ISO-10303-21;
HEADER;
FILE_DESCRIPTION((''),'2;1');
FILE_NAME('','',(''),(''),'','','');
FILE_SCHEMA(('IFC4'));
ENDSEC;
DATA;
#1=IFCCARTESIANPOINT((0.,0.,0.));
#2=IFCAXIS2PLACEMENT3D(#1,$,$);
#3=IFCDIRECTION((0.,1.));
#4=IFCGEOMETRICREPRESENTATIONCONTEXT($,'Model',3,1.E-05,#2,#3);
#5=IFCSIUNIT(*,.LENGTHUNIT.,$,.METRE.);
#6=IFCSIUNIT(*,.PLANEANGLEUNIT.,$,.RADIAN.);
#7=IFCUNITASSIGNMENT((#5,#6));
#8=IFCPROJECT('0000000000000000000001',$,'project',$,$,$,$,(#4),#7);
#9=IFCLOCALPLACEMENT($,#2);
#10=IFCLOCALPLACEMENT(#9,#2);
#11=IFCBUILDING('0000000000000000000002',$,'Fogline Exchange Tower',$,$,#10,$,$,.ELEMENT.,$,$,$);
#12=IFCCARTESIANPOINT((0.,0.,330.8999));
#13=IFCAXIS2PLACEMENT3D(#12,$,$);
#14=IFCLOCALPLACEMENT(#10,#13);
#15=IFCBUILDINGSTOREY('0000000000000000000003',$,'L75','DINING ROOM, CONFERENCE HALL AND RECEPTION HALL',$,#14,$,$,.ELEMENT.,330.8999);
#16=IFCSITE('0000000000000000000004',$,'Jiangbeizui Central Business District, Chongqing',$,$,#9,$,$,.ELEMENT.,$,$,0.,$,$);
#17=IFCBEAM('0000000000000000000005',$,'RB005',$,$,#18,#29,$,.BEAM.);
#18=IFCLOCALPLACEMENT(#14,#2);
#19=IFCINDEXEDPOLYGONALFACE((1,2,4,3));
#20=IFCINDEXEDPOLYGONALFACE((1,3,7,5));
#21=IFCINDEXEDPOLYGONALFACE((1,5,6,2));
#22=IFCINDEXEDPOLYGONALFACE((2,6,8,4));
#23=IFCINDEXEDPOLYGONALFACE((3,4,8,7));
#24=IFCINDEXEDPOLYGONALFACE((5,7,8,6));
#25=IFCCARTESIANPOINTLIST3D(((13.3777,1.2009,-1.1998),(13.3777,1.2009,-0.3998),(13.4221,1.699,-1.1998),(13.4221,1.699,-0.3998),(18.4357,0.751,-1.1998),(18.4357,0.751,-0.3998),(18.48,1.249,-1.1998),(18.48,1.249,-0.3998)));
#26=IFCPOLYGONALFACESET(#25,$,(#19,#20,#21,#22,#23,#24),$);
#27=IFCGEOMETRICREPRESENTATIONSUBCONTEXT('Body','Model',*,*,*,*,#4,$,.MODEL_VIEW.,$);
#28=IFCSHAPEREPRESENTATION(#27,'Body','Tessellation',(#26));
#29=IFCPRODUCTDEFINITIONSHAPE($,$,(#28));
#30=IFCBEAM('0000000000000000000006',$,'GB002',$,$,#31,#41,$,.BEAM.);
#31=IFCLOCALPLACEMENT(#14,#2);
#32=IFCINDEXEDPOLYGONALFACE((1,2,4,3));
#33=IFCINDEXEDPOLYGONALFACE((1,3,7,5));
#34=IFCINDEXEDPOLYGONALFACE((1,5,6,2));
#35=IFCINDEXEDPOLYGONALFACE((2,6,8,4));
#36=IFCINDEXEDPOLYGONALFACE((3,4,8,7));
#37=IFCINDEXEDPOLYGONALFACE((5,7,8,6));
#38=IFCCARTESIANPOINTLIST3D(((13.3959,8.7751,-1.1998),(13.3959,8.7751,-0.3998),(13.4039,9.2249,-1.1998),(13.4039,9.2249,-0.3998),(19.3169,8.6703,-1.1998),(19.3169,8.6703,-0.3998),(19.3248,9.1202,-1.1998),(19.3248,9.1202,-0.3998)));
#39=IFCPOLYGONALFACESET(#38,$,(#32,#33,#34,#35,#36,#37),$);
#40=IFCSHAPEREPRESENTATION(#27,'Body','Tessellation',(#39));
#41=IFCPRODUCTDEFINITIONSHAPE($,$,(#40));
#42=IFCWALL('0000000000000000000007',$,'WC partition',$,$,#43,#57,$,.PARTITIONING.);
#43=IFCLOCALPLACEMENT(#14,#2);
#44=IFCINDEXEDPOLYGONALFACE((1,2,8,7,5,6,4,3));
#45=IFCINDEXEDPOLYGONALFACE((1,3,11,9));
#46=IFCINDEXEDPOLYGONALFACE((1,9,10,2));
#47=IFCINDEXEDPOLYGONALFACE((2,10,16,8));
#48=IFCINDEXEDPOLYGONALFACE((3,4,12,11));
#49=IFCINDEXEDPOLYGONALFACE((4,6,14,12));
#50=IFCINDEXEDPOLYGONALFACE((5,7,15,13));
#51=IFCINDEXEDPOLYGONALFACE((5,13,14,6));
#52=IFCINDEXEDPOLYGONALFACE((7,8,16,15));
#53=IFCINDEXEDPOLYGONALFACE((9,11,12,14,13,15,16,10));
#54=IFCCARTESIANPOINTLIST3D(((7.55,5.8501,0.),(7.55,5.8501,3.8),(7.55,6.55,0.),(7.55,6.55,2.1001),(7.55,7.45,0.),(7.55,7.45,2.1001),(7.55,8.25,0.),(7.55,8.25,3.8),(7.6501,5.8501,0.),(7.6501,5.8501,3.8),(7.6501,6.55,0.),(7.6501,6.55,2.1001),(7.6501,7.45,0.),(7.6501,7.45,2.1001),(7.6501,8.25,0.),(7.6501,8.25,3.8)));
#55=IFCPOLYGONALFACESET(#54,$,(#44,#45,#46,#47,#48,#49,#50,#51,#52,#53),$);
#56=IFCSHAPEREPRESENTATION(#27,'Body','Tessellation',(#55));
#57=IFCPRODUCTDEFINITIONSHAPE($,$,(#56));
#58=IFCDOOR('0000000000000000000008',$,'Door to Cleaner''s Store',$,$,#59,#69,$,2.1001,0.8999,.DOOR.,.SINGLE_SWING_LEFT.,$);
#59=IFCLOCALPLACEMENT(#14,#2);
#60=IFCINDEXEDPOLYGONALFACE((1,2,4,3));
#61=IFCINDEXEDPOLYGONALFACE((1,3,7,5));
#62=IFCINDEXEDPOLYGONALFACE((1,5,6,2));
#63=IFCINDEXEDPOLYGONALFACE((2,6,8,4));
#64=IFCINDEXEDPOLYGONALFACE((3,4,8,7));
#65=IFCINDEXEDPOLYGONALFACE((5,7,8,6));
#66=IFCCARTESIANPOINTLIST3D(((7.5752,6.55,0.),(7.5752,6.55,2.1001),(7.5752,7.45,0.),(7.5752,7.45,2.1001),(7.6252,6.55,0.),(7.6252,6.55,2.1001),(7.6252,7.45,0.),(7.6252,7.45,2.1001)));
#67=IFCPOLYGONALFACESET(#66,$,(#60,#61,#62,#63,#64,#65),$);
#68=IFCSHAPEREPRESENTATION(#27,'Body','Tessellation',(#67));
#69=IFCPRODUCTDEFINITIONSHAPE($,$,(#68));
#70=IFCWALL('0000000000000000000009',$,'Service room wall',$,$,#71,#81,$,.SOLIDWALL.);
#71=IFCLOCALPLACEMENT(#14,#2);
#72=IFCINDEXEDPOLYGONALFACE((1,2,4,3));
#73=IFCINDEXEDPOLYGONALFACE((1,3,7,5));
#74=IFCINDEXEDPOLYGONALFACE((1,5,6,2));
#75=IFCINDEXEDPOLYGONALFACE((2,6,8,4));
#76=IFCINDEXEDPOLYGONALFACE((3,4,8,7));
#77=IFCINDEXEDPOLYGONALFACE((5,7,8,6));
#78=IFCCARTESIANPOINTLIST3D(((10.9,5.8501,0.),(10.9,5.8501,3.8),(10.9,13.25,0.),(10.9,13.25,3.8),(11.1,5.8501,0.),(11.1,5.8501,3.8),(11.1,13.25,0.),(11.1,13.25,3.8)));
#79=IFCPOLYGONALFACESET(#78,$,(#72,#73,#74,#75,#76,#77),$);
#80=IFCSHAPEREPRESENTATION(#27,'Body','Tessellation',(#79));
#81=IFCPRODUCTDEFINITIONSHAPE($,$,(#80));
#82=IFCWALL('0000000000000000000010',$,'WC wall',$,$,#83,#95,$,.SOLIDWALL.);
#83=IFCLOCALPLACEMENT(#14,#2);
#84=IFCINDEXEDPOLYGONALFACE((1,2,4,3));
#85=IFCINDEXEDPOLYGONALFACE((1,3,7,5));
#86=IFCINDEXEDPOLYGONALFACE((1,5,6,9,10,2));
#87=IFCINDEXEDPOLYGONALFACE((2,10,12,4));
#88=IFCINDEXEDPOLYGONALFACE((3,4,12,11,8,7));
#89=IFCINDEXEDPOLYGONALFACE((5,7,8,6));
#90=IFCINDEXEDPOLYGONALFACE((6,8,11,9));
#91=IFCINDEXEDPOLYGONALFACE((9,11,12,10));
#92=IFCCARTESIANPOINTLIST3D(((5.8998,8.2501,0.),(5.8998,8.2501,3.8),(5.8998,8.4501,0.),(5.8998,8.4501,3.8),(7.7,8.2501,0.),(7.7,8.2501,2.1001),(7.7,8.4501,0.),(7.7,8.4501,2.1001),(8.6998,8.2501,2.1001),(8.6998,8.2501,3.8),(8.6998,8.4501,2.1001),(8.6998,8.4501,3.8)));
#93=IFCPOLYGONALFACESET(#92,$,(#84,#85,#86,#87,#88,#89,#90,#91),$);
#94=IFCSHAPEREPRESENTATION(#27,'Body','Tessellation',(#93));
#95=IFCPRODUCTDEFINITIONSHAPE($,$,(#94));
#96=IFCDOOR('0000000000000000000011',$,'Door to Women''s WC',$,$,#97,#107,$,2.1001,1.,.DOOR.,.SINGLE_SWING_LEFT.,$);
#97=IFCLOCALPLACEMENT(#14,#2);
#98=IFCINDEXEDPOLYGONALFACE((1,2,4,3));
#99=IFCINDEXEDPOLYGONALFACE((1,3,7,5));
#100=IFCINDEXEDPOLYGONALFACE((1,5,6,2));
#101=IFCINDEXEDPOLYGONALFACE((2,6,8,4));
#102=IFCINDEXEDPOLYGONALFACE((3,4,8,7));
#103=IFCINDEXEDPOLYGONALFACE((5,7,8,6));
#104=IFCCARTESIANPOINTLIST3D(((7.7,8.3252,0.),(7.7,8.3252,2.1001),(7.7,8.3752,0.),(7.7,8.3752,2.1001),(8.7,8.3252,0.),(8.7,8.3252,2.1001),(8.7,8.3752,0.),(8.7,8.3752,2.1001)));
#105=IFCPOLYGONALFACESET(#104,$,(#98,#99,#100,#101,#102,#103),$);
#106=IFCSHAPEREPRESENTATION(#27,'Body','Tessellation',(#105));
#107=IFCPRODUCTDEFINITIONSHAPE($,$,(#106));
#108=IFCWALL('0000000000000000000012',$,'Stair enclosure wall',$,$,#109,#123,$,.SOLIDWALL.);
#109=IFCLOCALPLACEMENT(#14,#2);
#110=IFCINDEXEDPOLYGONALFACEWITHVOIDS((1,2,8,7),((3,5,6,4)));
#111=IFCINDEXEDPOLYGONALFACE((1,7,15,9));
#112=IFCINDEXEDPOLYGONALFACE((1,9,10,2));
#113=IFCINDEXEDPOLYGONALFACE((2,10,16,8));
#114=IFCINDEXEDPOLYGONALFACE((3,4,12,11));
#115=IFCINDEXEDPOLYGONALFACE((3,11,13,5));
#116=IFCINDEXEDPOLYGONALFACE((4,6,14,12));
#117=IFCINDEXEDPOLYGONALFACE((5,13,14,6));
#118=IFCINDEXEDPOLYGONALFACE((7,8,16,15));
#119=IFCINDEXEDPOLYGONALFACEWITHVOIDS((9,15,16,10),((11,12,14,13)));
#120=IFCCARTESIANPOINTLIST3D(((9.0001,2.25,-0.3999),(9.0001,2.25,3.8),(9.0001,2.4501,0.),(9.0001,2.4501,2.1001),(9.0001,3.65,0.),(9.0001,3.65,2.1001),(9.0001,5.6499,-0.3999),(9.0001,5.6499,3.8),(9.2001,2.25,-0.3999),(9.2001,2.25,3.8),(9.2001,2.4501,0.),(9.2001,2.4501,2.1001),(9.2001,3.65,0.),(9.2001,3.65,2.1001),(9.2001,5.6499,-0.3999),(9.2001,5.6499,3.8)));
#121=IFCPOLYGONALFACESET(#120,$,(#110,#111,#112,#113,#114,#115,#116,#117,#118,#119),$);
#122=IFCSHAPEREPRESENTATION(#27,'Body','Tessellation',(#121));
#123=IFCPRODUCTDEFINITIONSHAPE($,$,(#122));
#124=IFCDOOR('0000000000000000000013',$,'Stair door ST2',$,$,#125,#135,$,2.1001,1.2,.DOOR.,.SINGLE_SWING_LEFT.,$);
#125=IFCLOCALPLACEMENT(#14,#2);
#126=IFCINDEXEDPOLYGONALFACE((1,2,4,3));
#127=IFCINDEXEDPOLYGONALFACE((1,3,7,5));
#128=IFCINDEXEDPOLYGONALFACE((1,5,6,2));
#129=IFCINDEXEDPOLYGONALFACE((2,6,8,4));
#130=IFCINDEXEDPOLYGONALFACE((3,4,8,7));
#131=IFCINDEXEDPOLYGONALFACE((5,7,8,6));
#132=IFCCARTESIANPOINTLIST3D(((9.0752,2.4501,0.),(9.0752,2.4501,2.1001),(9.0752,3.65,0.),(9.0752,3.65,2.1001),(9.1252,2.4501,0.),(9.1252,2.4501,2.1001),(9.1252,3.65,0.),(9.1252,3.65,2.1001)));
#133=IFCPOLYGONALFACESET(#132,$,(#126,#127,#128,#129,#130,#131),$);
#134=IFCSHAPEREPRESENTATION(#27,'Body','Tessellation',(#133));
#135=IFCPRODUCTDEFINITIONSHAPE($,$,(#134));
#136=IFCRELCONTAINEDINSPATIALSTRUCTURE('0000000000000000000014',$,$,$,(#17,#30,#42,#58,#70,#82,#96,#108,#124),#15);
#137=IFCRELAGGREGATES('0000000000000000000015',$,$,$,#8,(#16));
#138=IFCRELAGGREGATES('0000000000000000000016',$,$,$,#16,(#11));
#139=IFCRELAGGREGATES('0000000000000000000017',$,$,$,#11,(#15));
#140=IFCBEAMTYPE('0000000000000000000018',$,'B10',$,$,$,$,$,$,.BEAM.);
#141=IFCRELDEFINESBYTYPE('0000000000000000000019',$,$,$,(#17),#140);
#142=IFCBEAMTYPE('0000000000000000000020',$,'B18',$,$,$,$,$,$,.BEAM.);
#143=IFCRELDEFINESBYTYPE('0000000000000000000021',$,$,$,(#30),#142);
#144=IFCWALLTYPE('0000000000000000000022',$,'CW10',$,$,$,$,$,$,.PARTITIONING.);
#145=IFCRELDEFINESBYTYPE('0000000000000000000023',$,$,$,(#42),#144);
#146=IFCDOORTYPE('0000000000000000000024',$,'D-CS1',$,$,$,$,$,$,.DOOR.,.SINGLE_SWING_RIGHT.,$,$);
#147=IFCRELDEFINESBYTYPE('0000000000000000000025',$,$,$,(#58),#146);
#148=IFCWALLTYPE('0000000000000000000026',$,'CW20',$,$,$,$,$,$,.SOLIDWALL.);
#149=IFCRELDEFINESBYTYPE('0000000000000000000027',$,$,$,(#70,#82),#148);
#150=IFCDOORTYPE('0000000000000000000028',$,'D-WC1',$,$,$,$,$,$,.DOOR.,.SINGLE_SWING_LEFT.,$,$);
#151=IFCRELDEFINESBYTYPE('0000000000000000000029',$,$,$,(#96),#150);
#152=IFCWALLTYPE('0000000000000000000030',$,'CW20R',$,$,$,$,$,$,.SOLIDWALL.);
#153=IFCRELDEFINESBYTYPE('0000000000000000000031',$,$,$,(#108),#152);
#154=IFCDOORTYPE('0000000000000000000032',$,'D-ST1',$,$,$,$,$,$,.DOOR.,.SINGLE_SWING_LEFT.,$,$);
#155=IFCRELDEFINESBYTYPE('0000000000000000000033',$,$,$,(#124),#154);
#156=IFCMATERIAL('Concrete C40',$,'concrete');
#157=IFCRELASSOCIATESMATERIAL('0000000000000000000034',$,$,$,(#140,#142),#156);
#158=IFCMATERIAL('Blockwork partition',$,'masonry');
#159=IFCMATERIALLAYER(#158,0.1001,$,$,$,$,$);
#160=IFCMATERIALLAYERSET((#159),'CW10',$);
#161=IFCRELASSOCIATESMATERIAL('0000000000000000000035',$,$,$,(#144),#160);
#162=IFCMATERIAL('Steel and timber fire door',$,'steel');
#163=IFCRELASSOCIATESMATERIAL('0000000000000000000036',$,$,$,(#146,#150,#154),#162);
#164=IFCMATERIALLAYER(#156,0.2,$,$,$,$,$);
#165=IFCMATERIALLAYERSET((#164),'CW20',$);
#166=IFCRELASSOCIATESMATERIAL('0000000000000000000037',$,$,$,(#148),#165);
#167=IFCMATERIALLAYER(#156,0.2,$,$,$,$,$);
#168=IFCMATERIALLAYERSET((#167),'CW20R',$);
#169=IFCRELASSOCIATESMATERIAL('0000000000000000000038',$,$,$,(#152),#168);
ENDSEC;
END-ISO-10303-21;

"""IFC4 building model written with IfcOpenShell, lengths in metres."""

from ifc_helpers import new_model, si_unit, direction, frame, frame_2d, origin, origin_2d, place, context, subcontext, project, spatial, rectangle, extrude, material, layer, layer_set, material_profile, profile_set, type_object, element, fill, save


model = new_model("IFC4")

# Units and contexts
model_context = context("Model", 3, precision=1e-05, world=origin(), true_north=direction((0.0, 1.0)))
body_context = subcontext(model_context, "Body", "Model", "MODEL_VIEW")
ifc_project = project(units=[si_unit("LENGTHUNIT", "METRE"), si_unit("PLANEANGLEUNIT", "RADIAN")], contexts=[model_context])

# Site, building, storey
site_placement = place(None, origin())
site = spatial("IfcSite", under=ifc_project, at=site_placement, Name="Jiangbeizui Central Business District, Chongqing", CompositionType="ELEMENT", RefElevation=0.0)
building_placement = place(site_placement, origin())
building = spatial("IfcBuilding", under=site, at=building_placement, Name="Fogline Exchange Tower", CompositionType="ELEMENT")
storey_placement = place(building_placement, frame((0.0, 0.0, 330.8999)))
storey = spatial("IfcBuildingStorey", under=building, at=storey_placement, Name="L75", Description="DINING ROOM, CONFERENCE HALL AND RECEPTION HALL", CompositionType="ELEMENT", Elevation=330.8999)

# Beams
ifc_material_1 = material(Name="Concrete C40", Category="concrete")
ifc_material_profile_1 = material_profile(ifc_material_1, rectangle(XDim=0.5, YDim=0.8, at=origin_2d()), Name="RC 500x800")
ifc_profile_set_1 = profile_set([ifc_material_profile_1], Name="Concrete C40")
beam_type_1 = type_object("IfcBeamType", Name="B10", PredefinedType="BEAM", material=ifc_profile_set_1)
beam_1_placement = place(storey_placement, frame((13.3999, 1.45, -0.7998), z_axis=(0.996066, -0.088611, 0.0), x_axis=(0.088611, 0.996066, 0.0)))
element("IfcBeam", 1, at=beam_1_placement, inside=storey, type_object=beam_type_1, Name="RB005", PredefinedType="BEAM", context=body_context, shape_type="SweptSolid", body=[
    extrude(rectangle(XDim=0.5, YDim=0.8, at=origin_2d()), origin(), (0.0, 0.0, 1.0), 5.0779),
])
ifc_material_profile_2 = material_profile(ifc_material_1, rectangle(XDim=0.45, YDim=0.8, at=origin_2d()), Name="RC 450x800")
ifc_profile_set_2 = profile_set([ifc_material_profile_2], Name="Concrete C40")
beam_type_2 = type_object("IfcBeamType", Name="B18", PredefinedType="BEAM", material=ifc_profile_set_2)
beam_2_placement = place(storey_placement, frame((13.3999, 9.0, -0.7998), z_axis=(0.999844, -0.017686, 0.0), x_axis=(0.017686, 0.999844, 0.0)))
element("IfcBeam", 2, at=beam_2_placement, inside=storey, type_object=beam_type_2, Name="GB002", PredefinedType="BEAM", context=body_context, shape_type="SweptSolid", body=[
    extrude(rectangle(XDim=0.45, YDim=0.8, at=origin_2d()), origin(), (0.0, 0.0, 1.0), 5.9219),
])

# Wall, opening, door
ifc_material_2 = material(Name="Blockwork partition", Category="masonry")
ifc_layer_1 = layer(ifc_material_2, 0.1001)
ifc_layer_set_1 = layer_set([ifc_layer_1], Name="CW10")
wall_type_1 = type_object("IfcWallType", Name="CW10", PredefinedType="PARTITIONING", material=ifc_layer_set_1)
wall_1_placement = place(storey_placement, frame((7.6001, 5.8501, 0.0), z_axis=(0.0, 0.0, 1.0), x_axis=(0.0, 1.0, 0.0)))
wall_1 = element("IfcWall", 3, at=wall_1_placement, inside=storey, type_object=wall_type_1, Name="WC partition", PredefinedType="PARTITIONING", context=body_context, shape_type="SweptSolid", body=[
    extrude(rectangle(XDim=2.3999, YDim=0.1001, at=frame_2d((1.2, 0.0))), origin(), (0.0, 0.0, 1.0), 3.8),
])
opening_1_placement = place(wall_1_placement, frame((0.7, 0.0, 0.0)))
opening_1 = element("IfcOpeningElement", 4, at=opening_1_placement, cuts=wall_1, PredefinedType="OPENING", context=body_context, shape_type="SweptSolid", body=[
    extrude(rectangle(XDim=0.8999, YDim=2.1001, at=frame_2d((0.45, 1.05))), frame((0.0, 0.0601, 0.0), z_axis=(0.0, -1.0, 0.0), x_axis=(1.0, 0.0, 0.0)), (0.0, 0.0, 1.0), 0.1201),
])
ifc_material_3 = material(Name="Steel and timber fire door", Category="steel")
door_type_1 = type_object("IfcDoorType", Name="D-CS1", OperationType="SINGLE_SWING_RIGHT", PredefinedType="DOOR", material=ifc_material_3)
door_1_placement = place(opening_1_placement, origin())
door_1 = element("IfcDoor", 5, at=door_1_placement, inside=storey, type_object=door_type_1, Name="Door to Cleaner's Store", OperationType="SINGLE_SWING_LEFT", OverallHeight=2.1001, OverallWidth=0.8999, PredefinedType="DOOR", context=body_context, shape_type="SweptSolid", body=[
    extrude(rectangle(XDim=0.8999, YDim=2.1001, at=frame_2d((0.45, 1.05))), frame((0.0, 0.0249, 0.0), z_axis=(0.0, -1.0, 0.0), x_axis=(1.0, 0.0, 0.0)), (0.0, 0.0, 1.0), 0.05),
])
fill(opening_1, door_1)

# Wall
ifc_layer_2 = layer(ifc_material_1, 0.2)
ifc_layer_set_2 = layer_set([ifc_layer_2], Name="CW20")
wall_type_2 = type_object("IfcWallType", Name="CW20", PredefinedType="SOLIDWALL", material=ifc_layer_set_2)
wall_2_placement = place(storey_placement, frame((11.0, 5.8501, 0.0), z_axis=(0.0, 0.0, 1.0), x_axis=(0.0, 1.0, 0.0)))
element("IfcWall", 6, at=wall_2_placement, inside=storey, type_object=wall_type_2, Name="Service room wall", PredefinedType="SOLIDWALL", context=body_context, shape_type="SweptSolid", body=[
    extrude(rectangle(XDim=7.3999, YDim=0.2, at=frame_2d((3.7, 0.0))), origin(), (0.0, 0.0, 1.0), 3.8),
])

# Walls, openings, doors
wall_3_placement = place(storey_placement, frame((5.8999, 8.3501, 0.0), z_axis=(0.0, 0.0, 1.0), x_axis=(1.0, 0.0, 0.0)))
wall_3 = element("IfcWall", 7, at=wall_3_placement, inside=storey, type_object=wall_type_2, Name="WC wall", PredefinedType="SOLIDWALL", context=body_context, shape_type="SweptSolid", body=[
    extrude(rectangle(XDim=2.8, YDim=0.2, at=frame_2d((1.3999, 0.0))), origin(), (0.0, 0.0, 1.0), 3.8),
])
opening_2_placement = place(wall_3_placement, frame((1.8, 0.0, 0.0)))
opening_2 = element("IfcOpeningElement", 8, at=opening_2_placement, cuts=wall_3, PredefinedType="OPENING", context=body_context, shape_type="SweptSolid", body=[
    extrude(rectangle(XDim=1.0, YDim=2.1001, at=frame_2d((0.5, 1.05))), frame((0.0, 0.1099, 0.0), z_axis=(0.0, -1.0, 0.0), x_axis=(1.0, 0.0, 0.0)), (0.0, 0.0, 1.0), 0.22),
])
door_type_2 = type_object("IfcDoorType", Name="D-WC1", OperationType="SINGLE_SWING_LEFT", PredefinedType="DOOR", material=ifc_material_3)
door_2_placement = place(opening_2_placement, frame((1.0, 0.0, 0.0), z_axis=(0.0, 0.0, 1.0), x_axis=(-1.0, 0.0, 0.0)))
door_2 = element("IfcDoor", 9, at=door_2_placement, inside=storey, type_object=door_type_2, Name="Door to Women's WC", OperationType="SINGLE_SWING_LEFT", OverallHeight=2.1001, OverallWidth=1.0, PredefinedType="DOOR", context=body_context, shape_type="SweptSolid", body=[
    extrude(rectangle(XDim=1.0, YDim=2.1001, at=frame_2d((0.5, 1.05))), frame((0.0, 0.0249, 0.0), z_axis=(0.0, -1.0, 0.0), x_axis=(1.0, 0.0, 0.0)), (0.0, 0.0, 1.0), 0.05),
])
fill(opening_2, door_2)
ifc_layer_3 = layer(ifc_material_1, 0.2)
ifc_layer_set_3 = layer_set([ifc_layer_3], Name="CW20R")
wall_type_3 = type_object("IfcWallType", Name="CW20R", PredefinedType="SOLIDWALL", material=ifc_layer_set_3)
wall_4_placement = place(storey_placement, frame((9.1001, 2.25, -0.3999), z_axis=(0.0, 0.0, 1.0), x_axis=(0.0, 1.0, 0.0)))
wall_4 = element("IfcWall", 10, at=wall_4_placement, inside=storey, type_object=wall_type_3, Name="Stair enclosure wall", PredefinedType="SOLIDWALL", context=body_context, shape_type="SweptSolid", body=[
    extrude(rectangle(XDim=3.3999, YDim=0.2, at=frame_2d((1.7, 0.0))), origin(), (0.0, 0.0, 1.0), 4.2),
])
opening_3_placement = place(wall_4_placement, frame((0.2, 0.0, 0.3999)))
opening_3 = element("IfcOpeningElement", 11, at=opening_3_placement, cuts=wall_4, PredefinedType="OPENING", context=body_context, shape_type="SweptSolid", body=[
    extrude(rectangle(XDim=1.2, YDim=2.1001, at=frame_2d((0.6001, 1.05))), frame((0.0, 0.1099, 0.0), z_axis=(0.0, -1.0, 0.0), x_axis=(1.0, 0.0, 0.0)), (0.0, 0.0, 1.0), 0.22),
])
door_type_3 = type_object("IfcDoorType", Name="D-ST1", OperationType="SINGLE_SWING_LEFT", PredefinedType="DOOR", material=ifc_material_3)
door_3_placement = place(opening_3_placement, origin())
door_3 = element("IfcDoor", 12, at=door_3_placement, inside=storey, type_object=door_type_3, Name="Stair door ST2", OperationType="SINGLE_SWING_LEFT", OverallHeight=2.1001, OverallWidth=1.2, PredefinedType="DOOR", context=body_context, shape_type="SweptSolid", body=[
    extrude(rectangle(XDim=1.2, YDim=2.1001, at=frame_2d((0.6001, 1.05))), frame((0.0, 0.0249, 0.0), z_axis=(0.0, -1.0, 0.0), x_axis=(1.0, 0.0, 0.0)), (0.0, 0.0, 1.0), 0.05),
])
fill(opening_3, door_3)

save(model, "model.ifc")
